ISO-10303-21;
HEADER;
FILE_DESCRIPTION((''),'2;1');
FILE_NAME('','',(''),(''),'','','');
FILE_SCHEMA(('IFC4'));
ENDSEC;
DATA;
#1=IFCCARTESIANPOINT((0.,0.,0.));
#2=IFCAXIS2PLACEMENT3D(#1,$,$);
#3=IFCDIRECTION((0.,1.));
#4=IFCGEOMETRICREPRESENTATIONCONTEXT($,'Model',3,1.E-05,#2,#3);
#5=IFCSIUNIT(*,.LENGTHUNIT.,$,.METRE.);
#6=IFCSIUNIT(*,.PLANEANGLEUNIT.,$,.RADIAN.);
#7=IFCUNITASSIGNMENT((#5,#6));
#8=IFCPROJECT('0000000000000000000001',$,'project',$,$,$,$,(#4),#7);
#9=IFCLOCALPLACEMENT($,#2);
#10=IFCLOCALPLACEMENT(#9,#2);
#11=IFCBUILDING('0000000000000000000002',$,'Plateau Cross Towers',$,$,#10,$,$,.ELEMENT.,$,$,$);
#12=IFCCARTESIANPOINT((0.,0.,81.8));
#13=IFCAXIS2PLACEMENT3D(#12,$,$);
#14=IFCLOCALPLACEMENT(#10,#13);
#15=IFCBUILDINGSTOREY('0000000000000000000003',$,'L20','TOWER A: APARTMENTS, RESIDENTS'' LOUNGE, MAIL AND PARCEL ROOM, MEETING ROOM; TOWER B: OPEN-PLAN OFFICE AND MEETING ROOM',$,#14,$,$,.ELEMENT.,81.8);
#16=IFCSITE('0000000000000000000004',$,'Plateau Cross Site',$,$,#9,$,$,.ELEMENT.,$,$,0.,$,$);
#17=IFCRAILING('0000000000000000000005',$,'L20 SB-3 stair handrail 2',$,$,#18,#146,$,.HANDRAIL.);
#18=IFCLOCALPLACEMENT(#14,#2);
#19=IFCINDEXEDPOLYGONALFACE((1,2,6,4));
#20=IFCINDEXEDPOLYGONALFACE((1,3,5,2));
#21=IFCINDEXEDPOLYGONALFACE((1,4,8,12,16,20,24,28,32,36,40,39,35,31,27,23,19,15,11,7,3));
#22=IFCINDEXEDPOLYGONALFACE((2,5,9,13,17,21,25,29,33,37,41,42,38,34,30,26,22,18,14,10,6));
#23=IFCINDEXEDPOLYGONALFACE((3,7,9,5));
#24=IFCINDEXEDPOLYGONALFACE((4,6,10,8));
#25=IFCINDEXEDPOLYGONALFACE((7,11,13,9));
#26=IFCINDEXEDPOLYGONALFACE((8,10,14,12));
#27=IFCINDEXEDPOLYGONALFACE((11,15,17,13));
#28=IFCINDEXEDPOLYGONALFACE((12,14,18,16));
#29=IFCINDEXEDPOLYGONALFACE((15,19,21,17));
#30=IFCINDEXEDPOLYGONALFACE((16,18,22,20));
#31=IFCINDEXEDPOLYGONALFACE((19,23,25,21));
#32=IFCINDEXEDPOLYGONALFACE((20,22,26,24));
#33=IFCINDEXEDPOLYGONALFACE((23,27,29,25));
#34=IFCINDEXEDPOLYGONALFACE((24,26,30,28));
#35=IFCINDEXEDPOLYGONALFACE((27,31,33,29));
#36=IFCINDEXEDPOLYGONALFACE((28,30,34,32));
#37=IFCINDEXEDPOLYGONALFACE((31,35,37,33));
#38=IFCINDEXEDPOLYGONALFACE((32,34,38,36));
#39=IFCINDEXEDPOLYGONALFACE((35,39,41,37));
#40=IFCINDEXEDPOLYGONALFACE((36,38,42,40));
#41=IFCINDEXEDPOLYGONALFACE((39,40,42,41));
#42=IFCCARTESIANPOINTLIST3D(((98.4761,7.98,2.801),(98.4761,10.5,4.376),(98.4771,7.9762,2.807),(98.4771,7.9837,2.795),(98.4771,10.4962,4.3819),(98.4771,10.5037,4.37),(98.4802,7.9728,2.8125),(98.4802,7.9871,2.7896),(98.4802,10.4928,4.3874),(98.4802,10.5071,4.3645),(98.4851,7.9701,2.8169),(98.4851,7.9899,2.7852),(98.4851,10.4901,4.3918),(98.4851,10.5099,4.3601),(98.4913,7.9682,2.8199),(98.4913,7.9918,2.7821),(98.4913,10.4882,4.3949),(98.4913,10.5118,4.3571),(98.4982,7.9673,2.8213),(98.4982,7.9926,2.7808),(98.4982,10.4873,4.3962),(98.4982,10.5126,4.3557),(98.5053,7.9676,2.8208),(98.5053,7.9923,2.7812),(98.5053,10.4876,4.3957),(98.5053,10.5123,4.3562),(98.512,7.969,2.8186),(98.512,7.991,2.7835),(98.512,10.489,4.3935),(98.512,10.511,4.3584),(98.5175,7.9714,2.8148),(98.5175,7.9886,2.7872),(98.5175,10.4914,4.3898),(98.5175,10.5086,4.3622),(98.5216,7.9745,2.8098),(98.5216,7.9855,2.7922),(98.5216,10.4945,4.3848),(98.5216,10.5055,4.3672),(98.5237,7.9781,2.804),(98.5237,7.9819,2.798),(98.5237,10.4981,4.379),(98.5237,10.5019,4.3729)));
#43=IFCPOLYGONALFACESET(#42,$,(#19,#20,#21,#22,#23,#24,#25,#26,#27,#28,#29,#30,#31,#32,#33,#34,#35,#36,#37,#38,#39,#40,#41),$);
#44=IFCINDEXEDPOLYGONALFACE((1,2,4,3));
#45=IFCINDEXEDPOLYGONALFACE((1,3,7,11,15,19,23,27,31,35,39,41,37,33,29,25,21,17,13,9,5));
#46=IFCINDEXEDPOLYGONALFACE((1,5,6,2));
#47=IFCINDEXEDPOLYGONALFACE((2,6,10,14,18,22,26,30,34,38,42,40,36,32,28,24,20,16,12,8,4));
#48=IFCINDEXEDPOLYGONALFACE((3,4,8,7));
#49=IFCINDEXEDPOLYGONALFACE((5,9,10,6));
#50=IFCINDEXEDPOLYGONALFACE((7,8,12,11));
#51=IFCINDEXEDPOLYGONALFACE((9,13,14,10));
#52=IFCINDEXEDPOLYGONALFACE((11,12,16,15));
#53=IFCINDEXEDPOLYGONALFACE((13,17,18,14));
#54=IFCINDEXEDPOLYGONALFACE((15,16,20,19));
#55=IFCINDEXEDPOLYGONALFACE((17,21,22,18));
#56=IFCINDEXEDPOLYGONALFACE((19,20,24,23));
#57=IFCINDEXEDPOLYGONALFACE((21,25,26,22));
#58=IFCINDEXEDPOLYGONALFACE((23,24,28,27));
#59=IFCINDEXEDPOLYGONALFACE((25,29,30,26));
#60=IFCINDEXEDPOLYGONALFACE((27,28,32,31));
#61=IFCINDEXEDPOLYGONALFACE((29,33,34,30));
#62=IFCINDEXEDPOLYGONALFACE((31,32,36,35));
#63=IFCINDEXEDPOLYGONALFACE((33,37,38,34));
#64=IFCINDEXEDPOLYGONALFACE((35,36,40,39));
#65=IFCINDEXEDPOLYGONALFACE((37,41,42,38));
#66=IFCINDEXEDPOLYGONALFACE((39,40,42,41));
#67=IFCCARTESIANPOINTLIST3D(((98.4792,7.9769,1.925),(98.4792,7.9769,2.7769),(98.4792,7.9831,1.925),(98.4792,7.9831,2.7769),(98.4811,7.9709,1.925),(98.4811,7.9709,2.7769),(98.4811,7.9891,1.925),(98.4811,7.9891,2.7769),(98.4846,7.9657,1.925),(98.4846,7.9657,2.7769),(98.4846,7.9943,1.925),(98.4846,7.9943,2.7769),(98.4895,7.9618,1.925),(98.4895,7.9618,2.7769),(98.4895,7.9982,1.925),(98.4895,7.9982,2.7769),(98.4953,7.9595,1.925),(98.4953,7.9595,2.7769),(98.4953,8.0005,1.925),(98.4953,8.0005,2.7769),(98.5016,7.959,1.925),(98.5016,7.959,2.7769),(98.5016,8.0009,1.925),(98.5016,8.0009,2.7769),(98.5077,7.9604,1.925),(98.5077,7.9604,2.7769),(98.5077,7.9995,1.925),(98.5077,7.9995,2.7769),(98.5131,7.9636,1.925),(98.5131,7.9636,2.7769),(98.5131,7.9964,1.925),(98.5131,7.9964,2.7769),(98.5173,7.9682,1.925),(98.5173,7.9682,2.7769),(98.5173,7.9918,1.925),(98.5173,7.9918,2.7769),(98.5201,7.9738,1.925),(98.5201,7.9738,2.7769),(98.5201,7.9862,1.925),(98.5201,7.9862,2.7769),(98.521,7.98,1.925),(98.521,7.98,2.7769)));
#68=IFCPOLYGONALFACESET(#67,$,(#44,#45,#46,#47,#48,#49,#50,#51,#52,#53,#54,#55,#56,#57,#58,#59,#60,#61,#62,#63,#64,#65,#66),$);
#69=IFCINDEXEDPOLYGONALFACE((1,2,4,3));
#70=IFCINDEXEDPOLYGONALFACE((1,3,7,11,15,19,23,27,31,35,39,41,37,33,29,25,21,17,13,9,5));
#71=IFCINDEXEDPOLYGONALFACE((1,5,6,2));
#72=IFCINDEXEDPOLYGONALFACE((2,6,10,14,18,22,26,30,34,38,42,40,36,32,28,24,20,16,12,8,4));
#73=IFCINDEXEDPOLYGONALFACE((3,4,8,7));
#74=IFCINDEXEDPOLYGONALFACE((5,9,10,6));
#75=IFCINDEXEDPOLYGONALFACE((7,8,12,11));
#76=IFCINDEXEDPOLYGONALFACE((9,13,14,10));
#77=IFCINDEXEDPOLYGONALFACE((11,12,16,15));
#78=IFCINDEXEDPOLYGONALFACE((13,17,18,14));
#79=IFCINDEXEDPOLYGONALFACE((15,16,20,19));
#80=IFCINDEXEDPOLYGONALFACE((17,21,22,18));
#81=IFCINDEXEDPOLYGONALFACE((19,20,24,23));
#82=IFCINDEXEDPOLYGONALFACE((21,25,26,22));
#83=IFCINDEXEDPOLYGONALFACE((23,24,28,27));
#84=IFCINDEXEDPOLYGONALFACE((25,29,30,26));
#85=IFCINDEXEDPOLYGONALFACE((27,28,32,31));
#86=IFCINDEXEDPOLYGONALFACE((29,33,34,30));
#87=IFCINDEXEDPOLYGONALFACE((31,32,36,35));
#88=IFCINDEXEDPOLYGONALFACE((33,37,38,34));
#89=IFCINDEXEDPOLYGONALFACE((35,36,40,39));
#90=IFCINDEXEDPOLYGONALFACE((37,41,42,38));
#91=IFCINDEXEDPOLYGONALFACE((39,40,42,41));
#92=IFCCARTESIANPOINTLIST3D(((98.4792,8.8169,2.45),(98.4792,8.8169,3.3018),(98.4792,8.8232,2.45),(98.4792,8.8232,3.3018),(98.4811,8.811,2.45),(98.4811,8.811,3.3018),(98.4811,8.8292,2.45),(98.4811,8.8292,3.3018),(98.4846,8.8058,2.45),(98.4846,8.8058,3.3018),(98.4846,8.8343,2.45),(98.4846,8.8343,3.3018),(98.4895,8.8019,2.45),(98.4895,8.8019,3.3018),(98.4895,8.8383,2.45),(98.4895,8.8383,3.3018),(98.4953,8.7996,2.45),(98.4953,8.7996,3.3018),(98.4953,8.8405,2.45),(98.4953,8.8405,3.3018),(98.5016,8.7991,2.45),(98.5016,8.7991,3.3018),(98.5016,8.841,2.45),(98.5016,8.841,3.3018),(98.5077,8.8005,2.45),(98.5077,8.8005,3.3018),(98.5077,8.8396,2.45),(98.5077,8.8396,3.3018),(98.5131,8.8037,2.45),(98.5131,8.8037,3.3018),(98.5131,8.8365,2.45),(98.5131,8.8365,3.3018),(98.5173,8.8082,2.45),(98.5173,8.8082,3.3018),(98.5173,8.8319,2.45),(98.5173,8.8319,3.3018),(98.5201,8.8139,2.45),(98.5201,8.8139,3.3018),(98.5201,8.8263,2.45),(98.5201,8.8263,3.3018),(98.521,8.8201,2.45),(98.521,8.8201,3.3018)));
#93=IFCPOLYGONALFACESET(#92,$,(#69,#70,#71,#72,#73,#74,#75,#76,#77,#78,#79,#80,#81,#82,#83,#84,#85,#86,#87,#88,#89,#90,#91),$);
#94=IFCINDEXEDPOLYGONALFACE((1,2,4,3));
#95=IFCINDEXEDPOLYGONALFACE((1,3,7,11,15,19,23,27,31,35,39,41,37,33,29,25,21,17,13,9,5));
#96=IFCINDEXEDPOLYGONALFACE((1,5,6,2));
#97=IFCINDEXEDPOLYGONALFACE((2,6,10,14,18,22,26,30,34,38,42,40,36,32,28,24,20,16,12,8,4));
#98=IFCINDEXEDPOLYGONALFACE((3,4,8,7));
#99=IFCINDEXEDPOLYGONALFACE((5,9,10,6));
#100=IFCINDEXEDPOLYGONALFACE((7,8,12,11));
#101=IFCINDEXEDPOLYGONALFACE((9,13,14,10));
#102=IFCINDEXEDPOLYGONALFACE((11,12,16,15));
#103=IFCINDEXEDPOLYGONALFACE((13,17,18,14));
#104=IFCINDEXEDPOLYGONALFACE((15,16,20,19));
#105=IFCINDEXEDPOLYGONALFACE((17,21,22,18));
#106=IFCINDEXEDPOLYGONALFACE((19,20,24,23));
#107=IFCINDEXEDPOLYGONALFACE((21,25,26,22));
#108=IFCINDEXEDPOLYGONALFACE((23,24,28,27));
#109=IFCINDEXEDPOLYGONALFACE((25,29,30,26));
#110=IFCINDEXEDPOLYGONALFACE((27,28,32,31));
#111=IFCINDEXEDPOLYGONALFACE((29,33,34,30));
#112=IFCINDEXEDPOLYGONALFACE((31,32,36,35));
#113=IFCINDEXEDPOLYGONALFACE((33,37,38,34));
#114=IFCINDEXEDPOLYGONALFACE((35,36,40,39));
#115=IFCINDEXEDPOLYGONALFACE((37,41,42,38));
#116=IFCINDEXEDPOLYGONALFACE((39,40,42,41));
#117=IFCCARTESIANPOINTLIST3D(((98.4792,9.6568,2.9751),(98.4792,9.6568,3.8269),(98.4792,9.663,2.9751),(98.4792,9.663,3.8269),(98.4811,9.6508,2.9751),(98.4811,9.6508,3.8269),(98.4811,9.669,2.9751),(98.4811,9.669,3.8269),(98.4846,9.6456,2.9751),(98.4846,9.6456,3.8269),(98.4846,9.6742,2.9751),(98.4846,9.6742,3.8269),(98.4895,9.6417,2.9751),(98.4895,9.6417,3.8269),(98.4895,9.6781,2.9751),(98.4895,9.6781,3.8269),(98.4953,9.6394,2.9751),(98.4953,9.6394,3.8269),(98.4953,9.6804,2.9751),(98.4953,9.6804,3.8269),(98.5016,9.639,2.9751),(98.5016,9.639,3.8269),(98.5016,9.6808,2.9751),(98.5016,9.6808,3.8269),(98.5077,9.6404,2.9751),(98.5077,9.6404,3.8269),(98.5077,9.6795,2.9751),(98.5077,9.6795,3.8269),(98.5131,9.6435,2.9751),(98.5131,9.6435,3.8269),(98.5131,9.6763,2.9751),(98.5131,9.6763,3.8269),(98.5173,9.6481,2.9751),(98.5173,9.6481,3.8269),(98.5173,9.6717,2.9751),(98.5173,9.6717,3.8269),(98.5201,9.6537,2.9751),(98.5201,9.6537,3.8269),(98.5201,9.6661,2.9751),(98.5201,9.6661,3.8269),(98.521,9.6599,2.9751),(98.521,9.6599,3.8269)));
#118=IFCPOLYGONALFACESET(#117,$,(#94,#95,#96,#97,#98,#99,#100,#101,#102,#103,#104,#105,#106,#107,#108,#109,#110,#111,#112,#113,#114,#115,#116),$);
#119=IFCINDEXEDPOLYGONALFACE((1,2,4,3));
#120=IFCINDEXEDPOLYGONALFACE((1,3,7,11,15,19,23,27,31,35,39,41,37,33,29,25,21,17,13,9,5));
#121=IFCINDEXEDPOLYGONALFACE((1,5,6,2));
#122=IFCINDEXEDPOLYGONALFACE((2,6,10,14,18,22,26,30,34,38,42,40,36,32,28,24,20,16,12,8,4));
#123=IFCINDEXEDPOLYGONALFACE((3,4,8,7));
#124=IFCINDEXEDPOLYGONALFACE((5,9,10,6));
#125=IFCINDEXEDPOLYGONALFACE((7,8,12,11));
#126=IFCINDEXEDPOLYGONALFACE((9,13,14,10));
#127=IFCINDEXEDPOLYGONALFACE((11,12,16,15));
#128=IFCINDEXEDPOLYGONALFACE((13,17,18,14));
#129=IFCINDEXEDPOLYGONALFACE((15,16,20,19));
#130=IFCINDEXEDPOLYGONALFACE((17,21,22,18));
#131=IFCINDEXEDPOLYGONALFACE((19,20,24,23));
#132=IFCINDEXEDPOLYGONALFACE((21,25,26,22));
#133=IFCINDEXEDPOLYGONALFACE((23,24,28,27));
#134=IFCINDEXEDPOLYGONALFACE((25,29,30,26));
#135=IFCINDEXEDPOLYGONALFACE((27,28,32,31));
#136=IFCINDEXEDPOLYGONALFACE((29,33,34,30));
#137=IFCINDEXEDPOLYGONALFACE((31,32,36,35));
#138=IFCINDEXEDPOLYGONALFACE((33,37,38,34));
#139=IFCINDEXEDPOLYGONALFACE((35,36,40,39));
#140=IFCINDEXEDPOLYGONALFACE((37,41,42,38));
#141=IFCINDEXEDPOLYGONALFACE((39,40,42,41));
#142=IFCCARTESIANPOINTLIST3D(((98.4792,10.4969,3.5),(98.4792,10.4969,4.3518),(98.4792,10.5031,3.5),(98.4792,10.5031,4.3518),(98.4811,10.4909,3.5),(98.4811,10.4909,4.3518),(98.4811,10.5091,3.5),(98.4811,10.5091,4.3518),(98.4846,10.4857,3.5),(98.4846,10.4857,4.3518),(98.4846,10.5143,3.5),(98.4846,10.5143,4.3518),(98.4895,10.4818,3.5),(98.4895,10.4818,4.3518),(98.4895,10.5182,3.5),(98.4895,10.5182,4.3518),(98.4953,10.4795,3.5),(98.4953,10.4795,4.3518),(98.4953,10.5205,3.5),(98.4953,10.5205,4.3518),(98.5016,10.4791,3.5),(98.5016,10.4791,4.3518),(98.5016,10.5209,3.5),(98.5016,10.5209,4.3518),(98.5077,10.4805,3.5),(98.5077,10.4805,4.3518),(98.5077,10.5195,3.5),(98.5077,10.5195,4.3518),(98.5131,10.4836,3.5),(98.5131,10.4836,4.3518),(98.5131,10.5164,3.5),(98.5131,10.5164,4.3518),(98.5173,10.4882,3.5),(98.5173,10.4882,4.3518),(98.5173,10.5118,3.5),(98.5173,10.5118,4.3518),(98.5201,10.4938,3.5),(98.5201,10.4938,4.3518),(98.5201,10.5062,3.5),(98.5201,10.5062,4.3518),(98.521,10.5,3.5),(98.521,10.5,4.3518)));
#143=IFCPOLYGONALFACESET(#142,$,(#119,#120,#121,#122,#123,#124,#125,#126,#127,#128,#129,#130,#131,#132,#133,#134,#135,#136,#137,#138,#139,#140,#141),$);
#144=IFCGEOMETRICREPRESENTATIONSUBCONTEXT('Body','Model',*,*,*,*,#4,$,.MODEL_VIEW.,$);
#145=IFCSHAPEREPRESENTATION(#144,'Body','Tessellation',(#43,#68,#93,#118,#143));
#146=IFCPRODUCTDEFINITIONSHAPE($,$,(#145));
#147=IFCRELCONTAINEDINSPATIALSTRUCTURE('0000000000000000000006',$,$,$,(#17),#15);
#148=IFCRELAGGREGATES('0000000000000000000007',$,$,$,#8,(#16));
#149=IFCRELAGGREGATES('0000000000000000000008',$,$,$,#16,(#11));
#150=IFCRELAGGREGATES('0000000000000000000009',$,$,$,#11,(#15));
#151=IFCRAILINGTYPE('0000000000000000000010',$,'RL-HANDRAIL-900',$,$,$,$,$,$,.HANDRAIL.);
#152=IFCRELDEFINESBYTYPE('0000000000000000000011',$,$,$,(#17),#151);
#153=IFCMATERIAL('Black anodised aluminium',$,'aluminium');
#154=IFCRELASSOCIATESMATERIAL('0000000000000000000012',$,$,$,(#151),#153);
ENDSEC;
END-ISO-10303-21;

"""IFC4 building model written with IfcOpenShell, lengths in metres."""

from ifc_helpers import new_model, si_unit, direction, frame, origin, origin_2d, place, context, subcontext, project, spatial, circle, extrude, material, type_object, element, save


model = new_model("IFC4")

# Units and contexts
model_context = context("Model", 3, precision=1e-05, world=origin(), true_north=direction((0.0, 1.0)))
body_context = subcontext(model_context, "Body", "Model", "MODEL_VIEW")
ifc_project = project(units=[si_unit("LENGTHUNIT", "METRE"), si_unit("PLANEANGLEUNIT", "RADIAN")], contexts=[model_context])

# Site, building, storey
site_placement = place(None, origin())
site = spatial("IfcSite", under=ifc_project, at=site_placement, Name="Plateau Cross Site", CompositionType="ELEMENT", RefElevation=0.0)
building_placement = place(site_placement, origin())
building = spatial("IfcBuilding", under=site, at=building_placement, Name="Plateau Cross Towers", CompositionType="ELEMENT")
storey_placement = place(building_placement, frame((0.0, 0.0, 81.8)))
storey = spatial("IfcBuildingStorey", under=building, at=storey_placement, Name="L20", Description="TOWER A: APARTMENTS, RESIDENTS' LOUNGE, MAIL AND PARCEL ROOM, MEETING ROOM; TOWER B: OPEN-PLAN OFFICE AND MEETING ROOM", CompositionType="ELEMENT", Elevation=81.8)

# Shared definitions
ifc_material_1 = material(Name="Black anodised aluminium", Category="aluminium")

# Railing
railing_type_1 = type_object("IfcRailingType", Name="RL-HANDRAIL-900", PredefinedType="HANDRAIL", material=ifc_material_1)
railing_1_placement = place(storey_placement, frame((98.5, 7.98, 1.925)))
element("IfcRailing", 1, at=railing_1_placement, inside=storey, type_object=railing_type_1, Name="L20 SB-3 stair handrail 2", PredefinedType="HANDRAIL", context=body_context, shape_type="SweptSolid", body=[
    extrude(circle(Radius=0.0239, at=origin_2d()), frame((0.0, 0.0, 0.876), z_axis=(0.0, 0.848008, 0.529984), x_axis=(-1.0, 0.0, 0.0)), (0.0, 0.0, 1.0), 2.9717),
    extrude(circle(Radius=0.021, at=origin_2d()), origin(), (0.0, 0.0, 1.0), 0.8518),
    extrude(circle(Radius=0.021, at=origin_2d()), frame((0.0, 0.8401, 0.5249)), (0.0, 0.0, 1.0), 0.8518),
    extrude(circle(Radius=0.021, at=origin_2d()), frame((0.0, 1.6799, 1.05)), (0.0, 0.0, 1.0), 0.8518),
    extrude(circle(Radius=0.021, at=origin_2d()), frame((0.0, 2.52, 1.575)), (0.0, 0.0, 1.0), 0.8518),
])

save(model, "model.ifc")
